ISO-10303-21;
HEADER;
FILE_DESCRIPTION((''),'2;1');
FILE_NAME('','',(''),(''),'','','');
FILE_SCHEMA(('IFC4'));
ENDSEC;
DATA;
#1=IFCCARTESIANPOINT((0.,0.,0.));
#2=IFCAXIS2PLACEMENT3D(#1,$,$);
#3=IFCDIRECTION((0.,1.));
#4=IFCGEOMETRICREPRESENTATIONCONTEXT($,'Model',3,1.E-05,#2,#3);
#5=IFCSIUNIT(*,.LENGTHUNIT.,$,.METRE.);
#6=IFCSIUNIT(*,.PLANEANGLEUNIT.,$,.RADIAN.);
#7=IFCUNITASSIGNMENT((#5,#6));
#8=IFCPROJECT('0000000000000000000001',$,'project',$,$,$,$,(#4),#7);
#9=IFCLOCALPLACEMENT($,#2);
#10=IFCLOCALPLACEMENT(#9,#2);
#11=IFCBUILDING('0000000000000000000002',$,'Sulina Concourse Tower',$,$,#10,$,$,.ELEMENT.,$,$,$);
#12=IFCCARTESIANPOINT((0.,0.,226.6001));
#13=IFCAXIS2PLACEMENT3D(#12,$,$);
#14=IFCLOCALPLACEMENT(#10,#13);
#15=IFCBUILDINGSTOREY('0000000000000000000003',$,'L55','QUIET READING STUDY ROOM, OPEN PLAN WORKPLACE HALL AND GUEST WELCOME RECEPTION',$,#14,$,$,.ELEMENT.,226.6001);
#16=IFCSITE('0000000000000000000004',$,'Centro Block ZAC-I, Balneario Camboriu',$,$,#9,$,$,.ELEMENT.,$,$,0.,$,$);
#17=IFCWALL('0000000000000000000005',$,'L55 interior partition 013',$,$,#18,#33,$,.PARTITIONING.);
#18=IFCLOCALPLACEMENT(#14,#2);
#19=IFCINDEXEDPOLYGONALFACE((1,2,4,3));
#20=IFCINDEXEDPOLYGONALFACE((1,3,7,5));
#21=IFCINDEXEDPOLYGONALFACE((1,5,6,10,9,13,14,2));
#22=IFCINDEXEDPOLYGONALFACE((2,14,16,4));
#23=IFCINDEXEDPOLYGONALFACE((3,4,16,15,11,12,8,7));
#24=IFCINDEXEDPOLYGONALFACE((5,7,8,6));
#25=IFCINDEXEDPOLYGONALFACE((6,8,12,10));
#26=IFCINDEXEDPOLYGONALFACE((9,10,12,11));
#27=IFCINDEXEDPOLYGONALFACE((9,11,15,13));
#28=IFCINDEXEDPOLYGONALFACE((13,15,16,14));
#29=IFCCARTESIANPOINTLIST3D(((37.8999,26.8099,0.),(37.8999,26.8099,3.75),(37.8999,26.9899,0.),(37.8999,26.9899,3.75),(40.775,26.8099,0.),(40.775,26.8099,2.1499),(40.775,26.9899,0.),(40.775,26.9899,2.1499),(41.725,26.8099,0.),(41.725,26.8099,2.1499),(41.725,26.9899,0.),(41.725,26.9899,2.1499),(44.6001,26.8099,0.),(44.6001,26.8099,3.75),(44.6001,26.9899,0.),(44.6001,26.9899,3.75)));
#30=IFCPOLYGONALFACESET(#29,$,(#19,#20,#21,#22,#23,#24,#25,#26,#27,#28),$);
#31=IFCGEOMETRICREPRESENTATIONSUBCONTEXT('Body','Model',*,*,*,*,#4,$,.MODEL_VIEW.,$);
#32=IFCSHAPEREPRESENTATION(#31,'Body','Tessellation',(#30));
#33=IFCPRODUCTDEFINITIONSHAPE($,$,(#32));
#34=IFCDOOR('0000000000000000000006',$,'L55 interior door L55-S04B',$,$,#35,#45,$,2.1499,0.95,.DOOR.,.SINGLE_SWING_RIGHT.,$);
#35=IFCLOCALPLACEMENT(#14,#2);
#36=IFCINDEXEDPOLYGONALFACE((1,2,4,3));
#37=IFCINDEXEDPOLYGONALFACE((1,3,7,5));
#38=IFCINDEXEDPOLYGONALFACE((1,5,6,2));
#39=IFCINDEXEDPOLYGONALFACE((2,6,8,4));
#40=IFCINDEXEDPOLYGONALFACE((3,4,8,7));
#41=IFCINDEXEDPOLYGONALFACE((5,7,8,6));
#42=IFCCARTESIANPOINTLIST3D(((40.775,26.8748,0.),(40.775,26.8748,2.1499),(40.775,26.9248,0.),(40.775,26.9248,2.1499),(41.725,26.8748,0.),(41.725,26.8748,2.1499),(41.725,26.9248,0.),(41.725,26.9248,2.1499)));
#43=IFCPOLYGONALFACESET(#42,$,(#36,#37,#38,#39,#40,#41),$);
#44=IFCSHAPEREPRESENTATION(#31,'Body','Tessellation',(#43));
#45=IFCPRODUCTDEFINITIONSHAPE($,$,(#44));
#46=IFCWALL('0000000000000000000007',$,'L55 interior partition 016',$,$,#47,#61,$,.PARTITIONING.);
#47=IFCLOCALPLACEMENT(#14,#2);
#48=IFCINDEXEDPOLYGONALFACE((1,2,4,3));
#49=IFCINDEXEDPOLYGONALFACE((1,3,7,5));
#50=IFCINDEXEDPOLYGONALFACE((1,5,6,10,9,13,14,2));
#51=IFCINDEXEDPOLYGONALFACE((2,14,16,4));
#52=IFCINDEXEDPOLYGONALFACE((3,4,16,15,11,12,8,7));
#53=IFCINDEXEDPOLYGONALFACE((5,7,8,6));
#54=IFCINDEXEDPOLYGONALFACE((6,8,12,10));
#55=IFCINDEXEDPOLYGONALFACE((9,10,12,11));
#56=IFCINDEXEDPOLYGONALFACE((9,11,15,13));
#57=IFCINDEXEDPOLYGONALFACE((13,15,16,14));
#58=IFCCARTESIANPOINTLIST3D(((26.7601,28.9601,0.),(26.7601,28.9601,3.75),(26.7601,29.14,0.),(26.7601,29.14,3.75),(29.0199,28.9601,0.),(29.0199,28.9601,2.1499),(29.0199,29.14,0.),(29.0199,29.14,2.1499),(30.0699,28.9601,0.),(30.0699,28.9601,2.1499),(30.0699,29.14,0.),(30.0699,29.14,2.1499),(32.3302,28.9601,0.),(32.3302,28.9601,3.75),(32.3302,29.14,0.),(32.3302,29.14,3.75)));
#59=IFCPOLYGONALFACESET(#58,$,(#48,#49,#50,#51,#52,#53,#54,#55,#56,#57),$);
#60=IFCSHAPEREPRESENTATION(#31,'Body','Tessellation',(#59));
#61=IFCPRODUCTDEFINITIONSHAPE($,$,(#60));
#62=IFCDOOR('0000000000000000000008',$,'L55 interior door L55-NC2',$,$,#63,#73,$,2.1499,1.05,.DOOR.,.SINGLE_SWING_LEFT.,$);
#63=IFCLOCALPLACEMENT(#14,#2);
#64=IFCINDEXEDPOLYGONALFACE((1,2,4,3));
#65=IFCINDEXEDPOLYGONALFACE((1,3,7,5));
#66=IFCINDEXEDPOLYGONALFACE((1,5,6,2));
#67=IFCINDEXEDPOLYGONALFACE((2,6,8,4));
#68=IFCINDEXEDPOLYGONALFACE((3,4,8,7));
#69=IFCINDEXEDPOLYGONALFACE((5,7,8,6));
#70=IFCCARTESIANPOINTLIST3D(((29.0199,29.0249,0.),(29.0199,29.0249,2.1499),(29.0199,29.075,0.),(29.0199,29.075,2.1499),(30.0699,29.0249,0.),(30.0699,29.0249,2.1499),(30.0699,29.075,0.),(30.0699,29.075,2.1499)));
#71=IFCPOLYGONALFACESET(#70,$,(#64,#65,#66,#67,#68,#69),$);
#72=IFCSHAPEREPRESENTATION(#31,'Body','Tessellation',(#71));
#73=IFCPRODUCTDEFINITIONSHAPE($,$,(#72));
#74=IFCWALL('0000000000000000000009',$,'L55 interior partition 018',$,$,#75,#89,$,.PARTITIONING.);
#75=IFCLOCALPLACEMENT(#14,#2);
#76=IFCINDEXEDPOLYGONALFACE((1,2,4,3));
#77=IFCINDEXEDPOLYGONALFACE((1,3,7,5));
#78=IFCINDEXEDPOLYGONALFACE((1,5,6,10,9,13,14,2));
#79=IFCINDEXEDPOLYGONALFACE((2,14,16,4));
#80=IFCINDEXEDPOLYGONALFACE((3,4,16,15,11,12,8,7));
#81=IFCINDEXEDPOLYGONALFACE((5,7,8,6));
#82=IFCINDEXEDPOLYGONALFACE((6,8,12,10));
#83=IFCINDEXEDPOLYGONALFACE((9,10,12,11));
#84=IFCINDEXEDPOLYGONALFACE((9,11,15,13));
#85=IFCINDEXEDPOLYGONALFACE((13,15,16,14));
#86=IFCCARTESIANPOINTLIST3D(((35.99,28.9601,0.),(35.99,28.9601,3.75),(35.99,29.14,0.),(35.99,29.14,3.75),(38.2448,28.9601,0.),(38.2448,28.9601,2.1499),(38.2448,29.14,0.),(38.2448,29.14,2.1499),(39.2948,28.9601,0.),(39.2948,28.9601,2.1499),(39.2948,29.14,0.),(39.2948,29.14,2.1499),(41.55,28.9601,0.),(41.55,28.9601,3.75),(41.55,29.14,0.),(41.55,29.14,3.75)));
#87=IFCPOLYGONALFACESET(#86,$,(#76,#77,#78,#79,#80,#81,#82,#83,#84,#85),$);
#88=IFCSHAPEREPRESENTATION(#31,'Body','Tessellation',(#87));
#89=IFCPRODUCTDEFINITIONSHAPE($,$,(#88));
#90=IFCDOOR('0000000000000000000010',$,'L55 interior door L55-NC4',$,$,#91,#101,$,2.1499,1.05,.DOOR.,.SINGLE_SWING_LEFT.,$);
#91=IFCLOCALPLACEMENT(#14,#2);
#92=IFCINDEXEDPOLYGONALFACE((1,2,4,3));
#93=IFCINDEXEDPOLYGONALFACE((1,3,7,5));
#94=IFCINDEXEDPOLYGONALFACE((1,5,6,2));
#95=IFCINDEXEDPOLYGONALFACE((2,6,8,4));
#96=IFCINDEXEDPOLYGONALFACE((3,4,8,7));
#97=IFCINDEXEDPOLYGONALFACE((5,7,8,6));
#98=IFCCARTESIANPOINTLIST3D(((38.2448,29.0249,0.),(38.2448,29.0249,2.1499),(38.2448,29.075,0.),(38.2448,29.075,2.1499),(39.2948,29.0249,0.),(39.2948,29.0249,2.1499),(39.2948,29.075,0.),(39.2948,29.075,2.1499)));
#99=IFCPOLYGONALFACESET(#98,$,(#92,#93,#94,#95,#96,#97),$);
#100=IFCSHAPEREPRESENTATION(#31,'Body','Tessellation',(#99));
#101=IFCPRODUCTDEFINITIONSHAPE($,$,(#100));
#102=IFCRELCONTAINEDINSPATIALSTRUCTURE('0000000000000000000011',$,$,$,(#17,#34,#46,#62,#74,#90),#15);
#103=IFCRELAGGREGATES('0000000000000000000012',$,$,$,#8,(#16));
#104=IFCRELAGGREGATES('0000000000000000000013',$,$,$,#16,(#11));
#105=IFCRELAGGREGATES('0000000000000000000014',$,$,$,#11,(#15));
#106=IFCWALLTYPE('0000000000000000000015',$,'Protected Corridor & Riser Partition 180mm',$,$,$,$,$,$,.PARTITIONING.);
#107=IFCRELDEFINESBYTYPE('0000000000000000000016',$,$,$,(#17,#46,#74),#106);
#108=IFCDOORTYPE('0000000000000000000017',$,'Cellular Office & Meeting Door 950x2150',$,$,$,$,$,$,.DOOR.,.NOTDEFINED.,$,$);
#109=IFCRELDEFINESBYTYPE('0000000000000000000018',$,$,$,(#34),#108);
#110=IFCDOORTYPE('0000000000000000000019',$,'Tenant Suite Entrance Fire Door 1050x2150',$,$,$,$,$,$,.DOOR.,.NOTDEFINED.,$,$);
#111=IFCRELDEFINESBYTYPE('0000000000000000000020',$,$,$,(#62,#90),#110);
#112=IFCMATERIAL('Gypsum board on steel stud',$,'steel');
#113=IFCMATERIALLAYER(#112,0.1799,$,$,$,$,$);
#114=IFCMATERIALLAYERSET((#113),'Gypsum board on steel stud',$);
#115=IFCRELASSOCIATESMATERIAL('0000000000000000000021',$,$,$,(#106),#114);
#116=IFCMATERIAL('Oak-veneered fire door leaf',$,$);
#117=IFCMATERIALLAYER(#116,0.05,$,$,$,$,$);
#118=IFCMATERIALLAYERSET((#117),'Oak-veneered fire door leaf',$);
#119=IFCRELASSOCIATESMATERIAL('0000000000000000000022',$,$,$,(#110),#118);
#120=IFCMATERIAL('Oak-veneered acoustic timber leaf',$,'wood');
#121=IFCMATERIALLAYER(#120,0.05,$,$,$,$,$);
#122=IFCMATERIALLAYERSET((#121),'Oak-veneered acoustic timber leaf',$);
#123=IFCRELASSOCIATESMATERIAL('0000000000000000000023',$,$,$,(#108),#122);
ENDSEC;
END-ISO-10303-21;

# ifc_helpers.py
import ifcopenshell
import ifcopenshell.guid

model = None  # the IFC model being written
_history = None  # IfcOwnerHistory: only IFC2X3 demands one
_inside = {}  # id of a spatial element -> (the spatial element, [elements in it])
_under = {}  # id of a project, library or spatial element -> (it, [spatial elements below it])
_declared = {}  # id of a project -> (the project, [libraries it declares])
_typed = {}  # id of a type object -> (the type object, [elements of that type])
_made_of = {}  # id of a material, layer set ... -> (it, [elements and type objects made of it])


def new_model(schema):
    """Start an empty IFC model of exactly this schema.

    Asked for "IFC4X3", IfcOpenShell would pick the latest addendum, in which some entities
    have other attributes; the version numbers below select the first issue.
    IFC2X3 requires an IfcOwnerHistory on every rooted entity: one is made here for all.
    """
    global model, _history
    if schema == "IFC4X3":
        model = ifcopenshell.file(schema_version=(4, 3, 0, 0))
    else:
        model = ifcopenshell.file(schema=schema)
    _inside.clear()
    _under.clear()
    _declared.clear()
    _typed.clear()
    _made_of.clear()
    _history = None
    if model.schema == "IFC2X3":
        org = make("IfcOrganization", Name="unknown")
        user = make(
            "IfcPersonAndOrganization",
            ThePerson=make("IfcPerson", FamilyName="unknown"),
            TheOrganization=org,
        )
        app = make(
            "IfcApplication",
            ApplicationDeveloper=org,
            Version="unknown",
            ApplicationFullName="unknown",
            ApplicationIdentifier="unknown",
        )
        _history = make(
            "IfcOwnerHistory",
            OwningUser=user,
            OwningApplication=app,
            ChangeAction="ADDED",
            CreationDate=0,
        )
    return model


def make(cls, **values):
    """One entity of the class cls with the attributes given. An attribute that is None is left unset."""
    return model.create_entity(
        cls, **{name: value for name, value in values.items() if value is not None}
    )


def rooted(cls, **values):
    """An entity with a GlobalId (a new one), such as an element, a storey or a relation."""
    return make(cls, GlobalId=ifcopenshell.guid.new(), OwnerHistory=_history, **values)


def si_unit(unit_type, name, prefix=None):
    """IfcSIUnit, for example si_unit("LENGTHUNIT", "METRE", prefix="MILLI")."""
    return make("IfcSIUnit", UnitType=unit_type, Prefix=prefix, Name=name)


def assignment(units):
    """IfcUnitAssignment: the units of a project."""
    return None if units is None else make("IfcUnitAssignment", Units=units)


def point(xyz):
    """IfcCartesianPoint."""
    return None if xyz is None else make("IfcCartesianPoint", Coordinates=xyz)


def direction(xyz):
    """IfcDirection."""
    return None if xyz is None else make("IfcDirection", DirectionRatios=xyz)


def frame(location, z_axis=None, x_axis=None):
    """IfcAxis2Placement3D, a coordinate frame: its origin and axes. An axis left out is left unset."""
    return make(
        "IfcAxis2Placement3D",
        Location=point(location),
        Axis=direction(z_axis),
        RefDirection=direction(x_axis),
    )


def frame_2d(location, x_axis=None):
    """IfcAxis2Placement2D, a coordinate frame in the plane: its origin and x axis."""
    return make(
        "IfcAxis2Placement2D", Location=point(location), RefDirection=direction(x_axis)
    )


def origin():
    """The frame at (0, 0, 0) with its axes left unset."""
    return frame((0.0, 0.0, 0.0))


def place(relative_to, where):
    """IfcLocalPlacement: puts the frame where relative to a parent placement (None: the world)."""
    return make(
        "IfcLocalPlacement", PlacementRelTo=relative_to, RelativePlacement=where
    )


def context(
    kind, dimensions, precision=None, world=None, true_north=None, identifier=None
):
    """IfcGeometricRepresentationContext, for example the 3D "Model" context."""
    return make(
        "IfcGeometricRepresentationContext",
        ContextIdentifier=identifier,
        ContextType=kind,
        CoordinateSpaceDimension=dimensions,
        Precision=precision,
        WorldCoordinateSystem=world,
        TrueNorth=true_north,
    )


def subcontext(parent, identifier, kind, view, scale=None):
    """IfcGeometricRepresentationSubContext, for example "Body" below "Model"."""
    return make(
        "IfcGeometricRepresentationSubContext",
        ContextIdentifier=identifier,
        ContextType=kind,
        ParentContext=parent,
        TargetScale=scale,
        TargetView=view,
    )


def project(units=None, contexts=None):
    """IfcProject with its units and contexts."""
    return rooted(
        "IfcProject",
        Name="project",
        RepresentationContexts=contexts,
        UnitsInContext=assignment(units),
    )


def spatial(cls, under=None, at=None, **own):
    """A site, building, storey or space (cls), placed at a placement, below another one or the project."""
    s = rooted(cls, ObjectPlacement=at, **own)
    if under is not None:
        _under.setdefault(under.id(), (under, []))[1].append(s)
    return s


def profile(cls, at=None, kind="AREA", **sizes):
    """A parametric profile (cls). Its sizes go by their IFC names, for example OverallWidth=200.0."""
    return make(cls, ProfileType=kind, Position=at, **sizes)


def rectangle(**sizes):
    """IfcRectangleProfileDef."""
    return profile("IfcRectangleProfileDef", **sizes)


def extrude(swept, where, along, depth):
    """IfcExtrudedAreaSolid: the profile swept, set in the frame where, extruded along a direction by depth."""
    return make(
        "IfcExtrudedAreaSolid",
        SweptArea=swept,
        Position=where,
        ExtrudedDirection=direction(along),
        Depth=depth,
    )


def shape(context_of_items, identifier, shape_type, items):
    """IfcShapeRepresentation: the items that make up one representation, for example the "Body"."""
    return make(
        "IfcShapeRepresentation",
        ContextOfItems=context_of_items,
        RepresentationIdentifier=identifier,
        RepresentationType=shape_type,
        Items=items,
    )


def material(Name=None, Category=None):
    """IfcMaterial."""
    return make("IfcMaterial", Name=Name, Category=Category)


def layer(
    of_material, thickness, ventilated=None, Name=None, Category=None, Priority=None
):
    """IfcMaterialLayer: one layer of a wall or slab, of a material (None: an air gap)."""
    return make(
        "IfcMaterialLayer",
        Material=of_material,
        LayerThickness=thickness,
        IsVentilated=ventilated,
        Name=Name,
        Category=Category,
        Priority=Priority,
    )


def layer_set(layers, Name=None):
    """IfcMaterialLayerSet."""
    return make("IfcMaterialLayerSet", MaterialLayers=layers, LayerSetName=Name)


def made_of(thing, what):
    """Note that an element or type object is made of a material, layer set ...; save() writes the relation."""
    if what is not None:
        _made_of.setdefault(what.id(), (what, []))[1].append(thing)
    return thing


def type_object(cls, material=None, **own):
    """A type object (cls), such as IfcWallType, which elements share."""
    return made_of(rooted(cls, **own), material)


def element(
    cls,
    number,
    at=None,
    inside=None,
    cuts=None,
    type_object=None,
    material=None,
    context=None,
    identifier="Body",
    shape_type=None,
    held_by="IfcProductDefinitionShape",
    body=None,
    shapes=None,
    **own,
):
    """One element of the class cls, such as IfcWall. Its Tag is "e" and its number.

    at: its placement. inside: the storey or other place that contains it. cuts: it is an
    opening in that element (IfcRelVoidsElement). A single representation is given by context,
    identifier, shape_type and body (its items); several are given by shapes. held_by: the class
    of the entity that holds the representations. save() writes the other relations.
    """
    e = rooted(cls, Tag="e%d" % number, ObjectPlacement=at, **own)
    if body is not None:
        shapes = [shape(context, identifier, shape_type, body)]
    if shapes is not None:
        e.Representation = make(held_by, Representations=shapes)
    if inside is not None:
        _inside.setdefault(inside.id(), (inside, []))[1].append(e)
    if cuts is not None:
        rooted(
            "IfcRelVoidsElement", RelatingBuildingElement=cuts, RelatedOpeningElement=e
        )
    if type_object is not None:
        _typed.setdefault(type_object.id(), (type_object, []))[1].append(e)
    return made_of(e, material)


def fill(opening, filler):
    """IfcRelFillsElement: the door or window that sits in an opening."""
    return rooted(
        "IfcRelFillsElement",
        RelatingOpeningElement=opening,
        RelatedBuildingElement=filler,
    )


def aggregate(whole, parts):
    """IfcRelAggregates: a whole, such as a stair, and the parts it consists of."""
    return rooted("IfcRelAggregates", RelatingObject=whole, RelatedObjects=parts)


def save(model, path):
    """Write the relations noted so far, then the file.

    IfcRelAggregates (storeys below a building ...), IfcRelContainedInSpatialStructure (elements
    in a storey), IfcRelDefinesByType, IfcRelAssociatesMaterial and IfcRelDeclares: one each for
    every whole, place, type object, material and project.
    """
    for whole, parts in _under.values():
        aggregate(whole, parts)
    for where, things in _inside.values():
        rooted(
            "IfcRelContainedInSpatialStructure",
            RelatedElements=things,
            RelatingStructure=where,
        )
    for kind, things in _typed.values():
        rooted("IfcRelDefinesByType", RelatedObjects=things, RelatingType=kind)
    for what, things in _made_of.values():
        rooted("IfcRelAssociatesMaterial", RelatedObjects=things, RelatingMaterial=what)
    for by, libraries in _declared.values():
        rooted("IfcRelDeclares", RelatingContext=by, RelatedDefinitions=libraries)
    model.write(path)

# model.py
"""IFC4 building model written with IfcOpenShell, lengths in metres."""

from ifc_helpers import new_model, si_unit, direction, frame, frame_2d, origin, place, context, subcontext, project, spatial, rectangle, extrude, material, layer, layer_set, type_object, element, fill, save


model = new_model("IFC4")

# Units and contexts
model_context = context("Model", 3, precision=1e-05, world=origin(), true_north=direction((0.0, 1.0)))
body_context = subcontext(model_context, "Body", "Model", "MODEL_VIEW")
ifc_project = project(units=[si_unit("LENGTHUNIT", "METRE"), si_unit("PLANEANGLEUNIT", "RADIAN")], contexts=[model_context])

# Site, building, storey
site_placement = place(None, origin())
site = spatial("IfcSite", under=ifc_project, at=site_placement, Name="Centro Block ZAC-I, Balneario Camboriu", CompositionType="ELEMENT", RefElevation=0.0)
building_placement = place(site_placement, origin())
building = spatial("IfcBuilding", under=site, at=building_placement, Name="Sulina Concourse Tower", CompositionType="ELEMENT")
storey_placement = place(building_placement, frame((0.0, 0.0, 226.6001)))
storey = spatial("IfcBuildingStorey", under=building, at=storey_placement, Name="L55", Description="QUIET READING STUDY ROOM, OPEN PLAN WORKPLACE HALL AND GUEST WELCOME RECEPTION", CompositionType="ELEMENT", Elevation=226.6001)

# Walls, openings, doors
ifc_material_1 = material(Name="Gypsum board on steel stud", Category="steel")
ifc_layer_1 = layer(ifc_material_1, 0.1799)
ifc_layer_set_1 = layer_set([ifc_layer_1], Name="Gypsum board on steel stud")
wall_type_1 = type_object("IfcWallType", Name="Protected Corridor & Riser Partition 180mm", PredefinedType="PARTITIONING", material=ifc_layer_set_1)
ifc_material_2 = material(Name="Oak-veneered fire door leaf")
ifc_layer_2 = layer(ifc_material_2, 0.05)
ifc_layer_set_2 = layer_set([ifc_layer_2], Name="Oak-veneered fire door leaf")
door_type_1 = type_object("IfcDoorType", Name="Tenant Suite Entrance Fire Door 1050x2150", OperationType="NOTDEFINED", PredefinedType="DOOR", material=ifc_layer_set_2)
wall_1_placement = place(storey_placement, frame((37.8999, 26.8999, 0.0), z_axis=(0.0, 0.0, 1.0), x_axis=(1.0, 0.0, 0.0)))
wall_1 = element("IfcWall", 1, at=wall_1_placement, inside=storey, type_object=wall_type_1, Name="L55 interior partition 013", PredefinedType="PARTITIONING", context=body_context, shape_type="SweptSolid", body=[
    extrude(rectangle(XDim=6.7002, YDim=0.1799, at=frame_2d((3.3501, 0.0))), origin(), (0.0, 0.0, 1.0), 3.75),
])
opening_1_placement = place(wall_1_placement, frame((2.875, 0.0, 0.0)))
opening_1 = element("IfcOpeningElement", 2, at=opening_1_placement, cuts=wall_1, PredefinedType="OPENING", context=body_context, shape_type="SweptSolid", body=[
    extrude(rectangle(XDim=0.95, YDim=2.1499, at=frame_2d((0.4751, 1.075))), frame((0.0, 0.0999, 0.0), z_axis=(0.0, -1.0, 0.0), x_axis=(1.0, 0.0, 0.0)), (0.0, 0.0, 1.0), 0.2),
])
ifc_material_3 = material(Name="Oak-veneered acoustic timber leaf", Category="wood")
ifc_layer_3 = layer(ifc_material_3, 0.05)
ifc_layer_set_3 = layer_set([ifc_layer_3], Name="Oak-veneered acoustic timber leaf")
door_type_2 = type_object("IfcDoorType", Name="Cellular Office & Meeting Door 950x2150", OperationType="NOTDEFINED", PredefinedType="DOOR", material=ifc_layer_set_3)
door_1_placement = place(opening_1_placement, origin())
door_1 = element("IfcDoor", 3, at=door_1_placement, inside=storey, type_object=door_type_2, Name="L55 interior door L55-S04B", OperationType="SINGLE_SWING_RIGHT", OverallHeight=2.1499, OverallWidth=0.95, PredefinedType="DOOR", context=body_context, shape_type="SweptSolid", body=[
    extrude(rectangle(XDim=0.95, YDim=2.1499, at=frame_2d((0.4751, 1.075))), frame((0.0, 0.0249, 0.0), z_axis=(0.0, -1.0, 0.0), x_axis=(1.0, 0.0, 0.0)), (0.0, 0.0, 1.0), 0.05),
])
fill(opening_1, door_1)
wall_2_placement = place(storey_placement, frame((26.76, 29.05, 0.0), z_axis=(0.0, 0.0, 1.0), x_axis=(1.0, 0.0, 0.0)))
wall_2 = element("IfcWall", 4, at=wall_2_placement, inside=storey, type_object=wall_type_1, Name="L55 interior partition 016", PredefinedType="PARTITIONING", context=body_context, shape_type="SweptSolid", body=[
    extrude(rectangle(XDim=5.5701, YDim=0.1799, at=frame_2d((2.7852, 0.0))), origin(), (0.0, 0.0, 1.0), 3.75),
])
opening_2_placement = place(wall_2_placement, frame((2.26, 0.0, 0.0)))
opening_2 = element("IfcOpeningElement", 5, at=opening_2_placement, cuts=wall_2, PredefinedType="OPENING", context=body_context, shape_type="SweptSolid", body=[
    extrude(rectangle(XDim=1.05, YDim=2.1499, at=frame_2d((0.5249, 1.075))), frame((0.0, 0.0999, 0.0), z_axis=(0.0, -1.0, 0.0), x_axis=(1.0, 0.0, 0.0)), (0.0, 0.0, 1.0), 0.2),
])
door_2_placement = place(opening_2_placement, origin())
door_2 = element("IfcDoor", 6, at=door_2_placement, inside=storey, type_object=door_type_1, Name="L55 interior door L55-NC2", OperationType="SINGLE_SWING_LEFT", OverallHeight=2.1499, OverallWidth=1.05, PredefinedType="DOOR", context=body_context, shape_type="SweptSolid", body=[
    extrude(rectangle(XDim=1.05, YDim=2.1499, at=frame_2d((0.5249, 1.075))), frame((0.0, 0.0249, 0.0), z_axis=(0.0, -1.0, 0.0), x_axis=(1.0, 0.0, 0.0)), (0.0, 0.0, 1.0), 0.05),
])
fill(opening_2, door_2)
wall_3_placement = place(storey_placement, frame((35.99, 29.05, 0.0), z_axis=(0.0, 0.0, 1.0), x_axis=(1.0, 0.0, 0.0)))
wall_3 = element("IfcWall", 7, at=wall_3_placement, inside=storey, type_object=wall_type_1, Name="L55 interior partition 018", PredefinedType="PARTITIONING", context=body_context, shape_type="SweptSolid", body=[
    extrude(rectangle(XDim=5.5601, YDim=0.1799, at=frame_2d((2.78, 0.0))), origin(), (0.0, 0.0, 1.0), 3.75),
])
opening_3_placement = place(wall_3_placement, frame((2.2549, 0.0, 0.0)))
opening_3 = element("IfcOpeningElement", 8, at=opening_3_placement, cuts=wall_3, PredefinedType="OPENING", context=body_context, shape_type="SweptSolid", body=[
    extrude(rectangle(XDim=1.05, YDim=2.1499, at=frame_2d((0.5249, 1.075))), frame((0.0, 0.0999, 0.0), z_axis=(0.0, -1.0, 0.0), x_axis=(1.0, 0.0, 0.0)), (0.0, 0.0, 1.0), 0.2),
])
door_3_placement = place(opening_3_placement, origin())
door_3 = element("IfcDoor", 9, at=door_3_placement, inside=storey, type_object=door_type_1, Name="L55 interior door L55-NC4", OperationType="SINGLE_SWING_LEFT", OverallHeight=2.1499, OverallWidth=1.05, PredefinedType="DOOR", context=body_context, shape_type="SweptSolid", body=[
    extrude(rectangle(XDim=1.05, YDim=2.1499, at=frame_2d((0.5249, 1.075))), frame((0.0, 0.0249, 0.0), z_axis=(0.0, -1.0, 0.0), x_axis=(1.0, 0.0, 0.0)), (0.0, 0.0, 1.0), 0.05),
])
fill(opening_3, door_3)

save(model, "model.ifc")
